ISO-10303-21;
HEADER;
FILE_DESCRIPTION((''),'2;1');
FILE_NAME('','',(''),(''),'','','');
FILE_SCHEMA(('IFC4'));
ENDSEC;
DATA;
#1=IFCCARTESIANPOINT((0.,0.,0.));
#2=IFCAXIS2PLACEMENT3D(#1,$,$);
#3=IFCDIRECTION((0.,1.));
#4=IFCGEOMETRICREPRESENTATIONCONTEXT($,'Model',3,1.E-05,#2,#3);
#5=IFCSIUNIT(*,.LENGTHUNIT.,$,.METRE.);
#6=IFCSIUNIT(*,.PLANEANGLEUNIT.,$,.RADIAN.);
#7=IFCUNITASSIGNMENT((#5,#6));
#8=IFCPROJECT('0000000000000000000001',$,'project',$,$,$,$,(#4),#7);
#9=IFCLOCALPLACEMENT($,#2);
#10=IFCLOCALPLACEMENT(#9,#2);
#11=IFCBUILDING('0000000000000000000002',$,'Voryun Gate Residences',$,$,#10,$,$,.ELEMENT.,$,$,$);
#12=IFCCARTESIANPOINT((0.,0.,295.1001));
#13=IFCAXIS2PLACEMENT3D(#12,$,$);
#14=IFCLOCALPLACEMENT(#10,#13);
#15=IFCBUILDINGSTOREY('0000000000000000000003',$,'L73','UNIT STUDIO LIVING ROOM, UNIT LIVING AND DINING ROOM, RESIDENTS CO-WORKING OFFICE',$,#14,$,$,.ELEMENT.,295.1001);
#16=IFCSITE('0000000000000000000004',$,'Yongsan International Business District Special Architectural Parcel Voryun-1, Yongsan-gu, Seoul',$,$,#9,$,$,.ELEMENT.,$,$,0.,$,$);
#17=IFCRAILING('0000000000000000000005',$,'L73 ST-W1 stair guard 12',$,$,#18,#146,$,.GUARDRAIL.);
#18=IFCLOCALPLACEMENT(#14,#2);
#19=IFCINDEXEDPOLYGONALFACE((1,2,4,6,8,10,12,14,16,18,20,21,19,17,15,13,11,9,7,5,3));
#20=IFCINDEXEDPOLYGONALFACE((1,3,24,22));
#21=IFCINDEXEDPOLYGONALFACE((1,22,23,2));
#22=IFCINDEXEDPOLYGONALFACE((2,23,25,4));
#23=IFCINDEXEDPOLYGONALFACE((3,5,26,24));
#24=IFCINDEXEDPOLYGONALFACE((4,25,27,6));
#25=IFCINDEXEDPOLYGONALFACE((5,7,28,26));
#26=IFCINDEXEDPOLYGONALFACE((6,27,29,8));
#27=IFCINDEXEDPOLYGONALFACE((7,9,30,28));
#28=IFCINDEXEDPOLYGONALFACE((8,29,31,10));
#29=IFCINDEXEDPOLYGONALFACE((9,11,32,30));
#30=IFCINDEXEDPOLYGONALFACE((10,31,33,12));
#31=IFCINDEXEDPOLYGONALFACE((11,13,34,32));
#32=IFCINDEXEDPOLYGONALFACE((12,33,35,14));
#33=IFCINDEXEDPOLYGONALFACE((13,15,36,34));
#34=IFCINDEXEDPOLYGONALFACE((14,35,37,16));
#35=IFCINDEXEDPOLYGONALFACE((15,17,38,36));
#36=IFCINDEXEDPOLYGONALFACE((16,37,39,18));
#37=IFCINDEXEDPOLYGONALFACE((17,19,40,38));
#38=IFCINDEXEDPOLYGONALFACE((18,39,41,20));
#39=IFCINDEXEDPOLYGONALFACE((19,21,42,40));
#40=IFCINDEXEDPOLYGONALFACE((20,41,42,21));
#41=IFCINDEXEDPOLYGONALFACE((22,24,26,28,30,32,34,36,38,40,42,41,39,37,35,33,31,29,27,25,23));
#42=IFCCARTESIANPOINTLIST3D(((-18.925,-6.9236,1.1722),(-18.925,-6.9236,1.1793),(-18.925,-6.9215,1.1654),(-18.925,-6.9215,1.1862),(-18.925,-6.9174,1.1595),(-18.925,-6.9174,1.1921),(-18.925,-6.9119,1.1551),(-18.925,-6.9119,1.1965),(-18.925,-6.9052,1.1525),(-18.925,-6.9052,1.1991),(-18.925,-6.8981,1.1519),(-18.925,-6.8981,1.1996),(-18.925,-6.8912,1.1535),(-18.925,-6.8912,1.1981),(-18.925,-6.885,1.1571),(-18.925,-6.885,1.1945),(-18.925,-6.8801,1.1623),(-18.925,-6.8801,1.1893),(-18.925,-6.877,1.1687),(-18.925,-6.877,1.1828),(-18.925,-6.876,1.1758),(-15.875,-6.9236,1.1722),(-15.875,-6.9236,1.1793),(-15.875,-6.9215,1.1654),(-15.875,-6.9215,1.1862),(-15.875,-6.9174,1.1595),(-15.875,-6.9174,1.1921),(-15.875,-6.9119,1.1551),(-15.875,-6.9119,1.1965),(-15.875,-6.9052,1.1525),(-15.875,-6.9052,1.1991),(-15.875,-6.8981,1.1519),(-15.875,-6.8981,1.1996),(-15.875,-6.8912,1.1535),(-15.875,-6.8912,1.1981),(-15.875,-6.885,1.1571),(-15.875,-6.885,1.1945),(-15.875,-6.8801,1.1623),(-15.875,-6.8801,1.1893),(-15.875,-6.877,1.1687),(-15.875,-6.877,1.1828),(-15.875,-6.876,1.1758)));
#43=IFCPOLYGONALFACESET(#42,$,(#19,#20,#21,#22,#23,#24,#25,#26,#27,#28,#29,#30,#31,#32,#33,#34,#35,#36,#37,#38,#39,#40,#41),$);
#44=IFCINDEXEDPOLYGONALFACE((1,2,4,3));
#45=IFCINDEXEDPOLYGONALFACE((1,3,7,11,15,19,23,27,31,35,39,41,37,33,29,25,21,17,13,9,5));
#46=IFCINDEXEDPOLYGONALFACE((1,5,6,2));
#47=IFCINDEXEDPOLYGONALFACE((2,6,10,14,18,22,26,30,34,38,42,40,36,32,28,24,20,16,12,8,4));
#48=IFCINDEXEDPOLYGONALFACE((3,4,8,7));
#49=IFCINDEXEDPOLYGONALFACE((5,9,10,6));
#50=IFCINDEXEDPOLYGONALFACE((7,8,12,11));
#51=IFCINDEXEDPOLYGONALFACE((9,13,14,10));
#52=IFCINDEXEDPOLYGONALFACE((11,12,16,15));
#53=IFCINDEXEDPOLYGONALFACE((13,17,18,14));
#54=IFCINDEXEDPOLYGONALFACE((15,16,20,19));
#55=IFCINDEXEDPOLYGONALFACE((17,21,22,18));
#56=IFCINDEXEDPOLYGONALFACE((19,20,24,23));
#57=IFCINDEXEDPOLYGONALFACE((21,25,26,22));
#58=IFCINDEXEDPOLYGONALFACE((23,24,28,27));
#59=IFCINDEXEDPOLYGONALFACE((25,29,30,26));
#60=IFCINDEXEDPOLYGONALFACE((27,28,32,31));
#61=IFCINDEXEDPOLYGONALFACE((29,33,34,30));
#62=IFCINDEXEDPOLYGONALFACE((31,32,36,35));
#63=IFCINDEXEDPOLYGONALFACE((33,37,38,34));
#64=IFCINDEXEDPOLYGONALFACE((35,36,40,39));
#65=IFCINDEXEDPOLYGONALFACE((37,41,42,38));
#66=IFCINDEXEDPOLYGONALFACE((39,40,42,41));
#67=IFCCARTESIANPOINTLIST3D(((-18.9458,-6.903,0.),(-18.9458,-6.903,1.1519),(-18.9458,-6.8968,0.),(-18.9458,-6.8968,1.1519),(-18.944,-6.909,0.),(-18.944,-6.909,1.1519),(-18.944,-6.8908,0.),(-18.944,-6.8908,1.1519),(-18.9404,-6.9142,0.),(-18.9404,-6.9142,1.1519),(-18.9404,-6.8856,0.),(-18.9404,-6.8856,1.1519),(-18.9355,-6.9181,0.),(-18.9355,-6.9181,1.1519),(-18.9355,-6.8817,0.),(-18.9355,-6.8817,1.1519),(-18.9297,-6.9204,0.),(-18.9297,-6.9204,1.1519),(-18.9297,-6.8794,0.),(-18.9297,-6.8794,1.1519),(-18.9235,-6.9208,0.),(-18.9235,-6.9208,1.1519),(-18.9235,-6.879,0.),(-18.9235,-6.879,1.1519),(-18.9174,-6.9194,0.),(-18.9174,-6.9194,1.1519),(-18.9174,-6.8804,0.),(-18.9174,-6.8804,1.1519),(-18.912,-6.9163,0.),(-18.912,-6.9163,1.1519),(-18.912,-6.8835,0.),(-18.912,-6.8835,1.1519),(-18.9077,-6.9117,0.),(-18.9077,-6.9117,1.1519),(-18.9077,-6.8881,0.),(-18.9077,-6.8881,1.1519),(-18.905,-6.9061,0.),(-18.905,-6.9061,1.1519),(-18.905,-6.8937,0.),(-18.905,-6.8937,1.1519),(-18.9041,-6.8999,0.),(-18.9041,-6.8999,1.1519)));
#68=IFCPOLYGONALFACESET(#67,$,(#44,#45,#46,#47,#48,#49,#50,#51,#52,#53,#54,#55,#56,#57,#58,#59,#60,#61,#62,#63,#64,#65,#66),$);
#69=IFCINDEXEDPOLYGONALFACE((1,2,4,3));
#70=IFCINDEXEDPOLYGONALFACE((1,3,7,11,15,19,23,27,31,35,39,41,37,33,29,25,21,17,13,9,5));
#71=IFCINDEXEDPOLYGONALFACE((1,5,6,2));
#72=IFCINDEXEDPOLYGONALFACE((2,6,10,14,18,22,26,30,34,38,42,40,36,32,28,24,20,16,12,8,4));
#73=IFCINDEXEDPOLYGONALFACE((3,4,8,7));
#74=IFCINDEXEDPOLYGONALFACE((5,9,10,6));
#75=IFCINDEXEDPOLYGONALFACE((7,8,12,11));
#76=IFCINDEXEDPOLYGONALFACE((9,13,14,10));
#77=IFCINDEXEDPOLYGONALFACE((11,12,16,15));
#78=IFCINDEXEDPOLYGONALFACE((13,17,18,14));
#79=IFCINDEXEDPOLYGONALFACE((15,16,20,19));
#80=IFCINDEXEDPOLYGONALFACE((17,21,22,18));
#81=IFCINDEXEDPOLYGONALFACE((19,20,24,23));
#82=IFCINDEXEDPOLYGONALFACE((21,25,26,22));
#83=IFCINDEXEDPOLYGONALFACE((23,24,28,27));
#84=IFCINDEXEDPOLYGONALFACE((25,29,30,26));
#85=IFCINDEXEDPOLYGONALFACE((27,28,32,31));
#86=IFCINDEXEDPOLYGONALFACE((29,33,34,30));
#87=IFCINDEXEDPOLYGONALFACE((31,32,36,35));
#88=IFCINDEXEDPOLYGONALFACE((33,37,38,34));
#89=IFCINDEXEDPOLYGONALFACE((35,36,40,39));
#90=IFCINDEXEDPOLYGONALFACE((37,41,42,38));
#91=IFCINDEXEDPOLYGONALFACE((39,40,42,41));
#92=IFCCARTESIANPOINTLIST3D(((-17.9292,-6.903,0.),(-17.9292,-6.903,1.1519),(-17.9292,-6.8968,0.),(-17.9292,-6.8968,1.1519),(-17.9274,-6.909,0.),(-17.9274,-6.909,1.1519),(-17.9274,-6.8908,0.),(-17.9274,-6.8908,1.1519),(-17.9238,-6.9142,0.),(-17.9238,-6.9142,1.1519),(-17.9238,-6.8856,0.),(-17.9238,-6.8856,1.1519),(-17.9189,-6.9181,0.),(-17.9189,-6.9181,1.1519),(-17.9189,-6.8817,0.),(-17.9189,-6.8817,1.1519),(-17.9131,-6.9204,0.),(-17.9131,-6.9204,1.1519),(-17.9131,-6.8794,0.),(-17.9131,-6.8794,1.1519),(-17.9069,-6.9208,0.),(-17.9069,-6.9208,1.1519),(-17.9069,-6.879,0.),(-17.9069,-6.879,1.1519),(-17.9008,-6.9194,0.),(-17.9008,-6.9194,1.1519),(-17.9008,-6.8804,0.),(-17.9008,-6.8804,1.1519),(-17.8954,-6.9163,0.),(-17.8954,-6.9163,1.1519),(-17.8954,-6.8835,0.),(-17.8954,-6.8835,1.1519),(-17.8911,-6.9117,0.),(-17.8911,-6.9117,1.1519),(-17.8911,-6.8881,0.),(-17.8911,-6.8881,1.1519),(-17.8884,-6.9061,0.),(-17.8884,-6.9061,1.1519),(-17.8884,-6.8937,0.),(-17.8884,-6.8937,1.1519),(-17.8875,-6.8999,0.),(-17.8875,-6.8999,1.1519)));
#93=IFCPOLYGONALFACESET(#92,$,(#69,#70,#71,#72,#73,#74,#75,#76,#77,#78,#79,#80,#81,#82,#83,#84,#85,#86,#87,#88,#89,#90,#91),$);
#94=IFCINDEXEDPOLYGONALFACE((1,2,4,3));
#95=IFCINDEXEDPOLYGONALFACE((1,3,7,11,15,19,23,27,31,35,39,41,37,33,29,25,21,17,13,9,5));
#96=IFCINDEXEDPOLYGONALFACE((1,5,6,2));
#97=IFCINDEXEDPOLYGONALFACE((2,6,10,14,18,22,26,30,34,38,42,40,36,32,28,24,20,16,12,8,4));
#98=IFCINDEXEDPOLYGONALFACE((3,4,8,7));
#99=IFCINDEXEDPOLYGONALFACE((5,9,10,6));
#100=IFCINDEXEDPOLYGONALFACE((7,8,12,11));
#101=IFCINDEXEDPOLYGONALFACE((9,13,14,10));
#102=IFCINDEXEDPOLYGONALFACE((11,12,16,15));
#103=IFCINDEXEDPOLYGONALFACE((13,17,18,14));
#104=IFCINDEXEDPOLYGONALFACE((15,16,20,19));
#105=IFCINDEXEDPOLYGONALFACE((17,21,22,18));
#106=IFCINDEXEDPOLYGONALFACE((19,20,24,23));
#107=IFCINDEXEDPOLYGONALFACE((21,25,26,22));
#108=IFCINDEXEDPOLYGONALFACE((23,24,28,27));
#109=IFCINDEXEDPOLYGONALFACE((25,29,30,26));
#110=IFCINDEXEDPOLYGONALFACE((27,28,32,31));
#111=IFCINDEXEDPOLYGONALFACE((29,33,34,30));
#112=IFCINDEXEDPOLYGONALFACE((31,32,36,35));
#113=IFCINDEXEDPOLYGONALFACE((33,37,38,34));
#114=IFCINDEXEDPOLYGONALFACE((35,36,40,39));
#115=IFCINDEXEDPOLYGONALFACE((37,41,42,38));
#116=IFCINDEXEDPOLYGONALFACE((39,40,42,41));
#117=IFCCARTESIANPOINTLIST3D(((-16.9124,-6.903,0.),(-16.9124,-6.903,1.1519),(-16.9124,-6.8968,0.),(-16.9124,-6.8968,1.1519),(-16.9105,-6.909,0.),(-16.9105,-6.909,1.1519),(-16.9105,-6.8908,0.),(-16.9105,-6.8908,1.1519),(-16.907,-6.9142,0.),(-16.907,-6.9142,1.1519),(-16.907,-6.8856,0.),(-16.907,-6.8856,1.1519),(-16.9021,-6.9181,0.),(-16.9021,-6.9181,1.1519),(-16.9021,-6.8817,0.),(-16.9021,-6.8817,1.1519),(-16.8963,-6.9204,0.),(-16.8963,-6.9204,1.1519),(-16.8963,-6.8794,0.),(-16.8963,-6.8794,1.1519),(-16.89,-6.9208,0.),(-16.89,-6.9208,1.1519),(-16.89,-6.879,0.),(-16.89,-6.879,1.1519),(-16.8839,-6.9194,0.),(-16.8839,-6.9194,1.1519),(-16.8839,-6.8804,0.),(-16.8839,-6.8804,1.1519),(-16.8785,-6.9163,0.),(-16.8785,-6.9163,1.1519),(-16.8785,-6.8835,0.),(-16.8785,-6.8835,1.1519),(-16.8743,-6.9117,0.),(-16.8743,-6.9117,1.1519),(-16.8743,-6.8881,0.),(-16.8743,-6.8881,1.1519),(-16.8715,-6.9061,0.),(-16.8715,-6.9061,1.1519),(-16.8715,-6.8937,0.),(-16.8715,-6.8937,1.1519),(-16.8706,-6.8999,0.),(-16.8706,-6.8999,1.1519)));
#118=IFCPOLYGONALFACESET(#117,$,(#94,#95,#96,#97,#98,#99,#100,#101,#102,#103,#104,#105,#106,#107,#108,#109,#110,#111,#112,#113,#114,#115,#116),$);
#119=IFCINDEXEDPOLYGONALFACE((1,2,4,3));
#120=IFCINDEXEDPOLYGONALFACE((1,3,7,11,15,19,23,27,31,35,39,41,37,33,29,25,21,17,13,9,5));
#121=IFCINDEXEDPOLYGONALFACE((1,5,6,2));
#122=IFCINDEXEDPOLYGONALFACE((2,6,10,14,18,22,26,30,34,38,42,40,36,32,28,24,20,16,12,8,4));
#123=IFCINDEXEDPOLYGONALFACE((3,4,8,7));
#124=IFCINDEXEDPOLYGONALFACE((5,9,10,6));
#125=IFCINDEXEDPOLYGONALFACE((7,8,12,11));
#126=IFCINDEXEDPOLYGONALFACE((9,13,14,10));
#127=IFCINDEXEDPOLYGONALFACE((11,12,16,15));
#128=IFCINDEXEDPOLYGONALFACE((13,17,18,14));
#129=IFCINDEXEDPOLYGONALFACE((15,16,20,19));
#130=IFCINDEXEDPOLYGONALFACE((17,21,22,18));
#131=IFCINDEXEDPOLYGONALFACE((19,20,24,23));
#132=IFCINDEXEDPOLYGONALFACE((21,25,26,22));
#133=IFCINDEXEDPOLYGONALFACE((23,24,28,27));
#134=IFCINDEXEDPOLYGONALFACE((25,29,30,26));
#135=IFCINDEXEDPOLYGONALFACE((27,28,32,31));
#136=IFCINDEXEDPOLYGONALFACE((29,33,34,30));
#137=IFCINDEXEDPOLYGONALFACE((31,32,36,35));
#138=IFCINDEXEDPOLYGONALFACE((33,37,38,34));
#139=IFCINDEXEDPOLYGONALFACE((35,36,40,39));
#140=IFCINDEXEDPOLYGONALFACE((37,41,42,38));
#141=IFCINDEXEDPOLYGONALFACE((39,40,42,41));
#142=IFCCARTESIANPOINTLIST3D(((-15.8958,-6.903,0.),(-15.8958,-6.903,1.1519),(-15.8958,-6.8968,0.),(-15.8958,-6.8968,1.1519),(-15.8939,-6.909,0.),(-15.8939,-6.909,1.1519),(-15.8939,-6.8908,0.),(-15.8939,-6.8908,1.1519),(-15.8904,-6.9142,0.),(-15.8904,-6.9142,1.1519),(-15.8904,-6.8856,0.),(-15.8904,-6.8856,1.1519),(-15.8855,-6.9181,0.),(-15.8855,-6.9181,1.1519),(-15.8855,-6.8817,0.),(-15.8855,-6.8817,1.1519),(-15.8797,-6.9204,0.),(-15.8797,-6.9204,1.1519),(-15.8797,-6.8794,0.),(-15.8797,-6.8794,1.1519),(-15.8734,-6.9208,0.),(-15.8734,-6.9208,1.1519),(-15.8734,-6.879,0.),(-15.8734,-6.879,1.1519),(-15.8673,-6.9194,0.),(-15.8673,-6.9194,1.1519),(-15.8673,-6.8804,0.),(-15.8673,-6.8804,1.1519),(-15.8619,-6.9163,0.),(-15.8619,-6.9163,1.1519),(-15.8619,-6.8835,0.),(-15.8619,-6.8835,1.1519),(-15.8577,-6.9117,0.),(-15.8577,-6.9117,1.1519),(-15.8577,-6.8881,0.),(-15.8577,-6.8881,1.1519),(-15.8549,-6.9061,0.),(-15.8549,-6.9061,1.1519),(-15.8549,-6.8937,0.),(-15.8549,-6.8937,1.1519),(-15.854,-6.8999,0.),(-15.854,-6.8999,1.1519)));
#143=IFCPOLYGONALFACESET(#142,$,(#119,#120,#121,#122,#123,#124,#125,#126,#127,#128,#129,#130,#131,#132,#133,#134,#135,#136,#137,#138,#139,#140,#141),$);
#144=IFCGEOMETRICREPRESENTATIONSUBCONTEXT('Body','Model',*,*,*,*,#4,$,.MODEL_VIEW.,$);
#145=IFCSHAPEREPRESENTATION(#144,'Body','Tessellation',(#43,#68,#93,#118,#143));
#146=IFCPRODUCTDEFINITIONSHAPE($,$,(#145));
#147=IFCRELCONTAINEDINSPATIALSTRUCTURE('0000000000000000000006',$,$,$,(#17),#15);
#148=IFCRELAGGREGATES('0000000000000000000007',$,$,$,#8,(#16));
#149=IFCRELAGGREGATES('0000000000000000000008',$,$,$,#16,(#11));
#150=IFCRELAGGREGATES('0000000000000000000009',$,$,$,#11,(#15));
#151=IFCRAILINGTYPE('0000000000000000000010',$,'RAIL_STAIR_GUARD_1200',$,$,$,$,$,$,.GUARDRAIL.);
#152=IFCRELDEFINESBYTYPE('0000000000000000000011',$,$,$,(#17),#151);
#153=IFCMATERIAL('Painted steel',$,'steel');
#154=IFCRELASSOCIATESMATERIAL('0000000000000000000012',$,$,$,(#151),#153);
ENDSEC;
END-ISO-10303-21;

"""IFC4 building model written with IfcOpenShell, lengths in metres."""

from ifc_helpers import new_model, si_unit, direction, frame, origin, origin_2d, place, context, subcontext, project, spatial, circle, extrude, material, type_object, element, save


model = new_model("IFC4")

# Units and contexts
model_context = context("Model", 3, precision=1e-05, world=origin(), true_north=direction((0.0, 1.0)))
body_context = subcontext(model_context, "Body", "Model", "MODEL_VIEW")
ifc_project = project(units=[si_unit("LENGTHUNIT", "METRE"), si_unit("PLANEANGLEUNIT", "RADIAN")], contexts=[model_context])

# Site, building, storey
site_placement = place(None, origin())
site = spatial("IfcSite", under=ifc_project, at=site_placement, Name="Yongsan International Business District Special Architectural Parcel Voryun-1, Yongsan-gu, Seoul", CompositionType="ELEMENT", RefElevation=0.0)
building_placement = place(site_placement, origin())
building = spatial("IfcBuilding", under=site, at=building_placement, Name="Voryun Gate Residences", CompositionType="ELEMENT")
storey_placement = place(building_placement, frame((0.0, 0.0, 295.1001)))
storey = spatial("IfcBuildingStorey", under=building, at=storey_placement, Name="L73", Description="UNIT STUDIO LIVING ROOM, UNIT LIVING AND DINING ROOM, RESIDENTS CO-WORKING OFFICE", CompositionType="ELEMENT", Elevation=295.1001)

# Railing
ifc_material_1 = material(Name="Painted steel", Category="steel")
railing_type_1 = type_object("IfcRailingType", Name="RAIL_STAIR_GUARD_1200", PredefinedType="GUARDRAIL", material=ifc_material_1)
railing_1_placement = place(storey_placement, frame((-18.925, -6.8999, 0.0)))
element("IfcRailing", 1, at=railing_1_placement, inside=storey, type_object=railing_type_1, Name="L73 ST-W1 stair guard 12", PredefinedType="GUARDRAIL", context=body_context, shape_type="SweptSolid", body=[
    extrude(circle(Radius=0.0239, at=origin_2d()), frame((0.0, 0.0, 1.1758), z_axis=(1.0, 0.0, 0.0), x_axis=(0.0, 1.0, 0.0)), (0.0, 0.0, 1.0), 3.05),
    extrude(circle(Radius=0.021, at=origin_2d()), origin(), (0.0, 0.0, 1.0), 1.1519),
    extrude(circle(Radius=0.021, at=origin_2d()), frame((1.0166, 0.0, 0.0)), (0.0, 0.0, 1.0), 1.1519),
    extrude(circle(Radius=0.021, at=origin_2d()), frame((2.0334, 0.0, 0.0)), (0.0, 0.0, 1.0), 1.1519),
    extrude(circle(Radius=0.021, at=origin_2d()), frame((3.05, 0.0, 0.0)), (0.0, 0.0, 1.0), 1.1519),
])

save(model, "model.ifc")
